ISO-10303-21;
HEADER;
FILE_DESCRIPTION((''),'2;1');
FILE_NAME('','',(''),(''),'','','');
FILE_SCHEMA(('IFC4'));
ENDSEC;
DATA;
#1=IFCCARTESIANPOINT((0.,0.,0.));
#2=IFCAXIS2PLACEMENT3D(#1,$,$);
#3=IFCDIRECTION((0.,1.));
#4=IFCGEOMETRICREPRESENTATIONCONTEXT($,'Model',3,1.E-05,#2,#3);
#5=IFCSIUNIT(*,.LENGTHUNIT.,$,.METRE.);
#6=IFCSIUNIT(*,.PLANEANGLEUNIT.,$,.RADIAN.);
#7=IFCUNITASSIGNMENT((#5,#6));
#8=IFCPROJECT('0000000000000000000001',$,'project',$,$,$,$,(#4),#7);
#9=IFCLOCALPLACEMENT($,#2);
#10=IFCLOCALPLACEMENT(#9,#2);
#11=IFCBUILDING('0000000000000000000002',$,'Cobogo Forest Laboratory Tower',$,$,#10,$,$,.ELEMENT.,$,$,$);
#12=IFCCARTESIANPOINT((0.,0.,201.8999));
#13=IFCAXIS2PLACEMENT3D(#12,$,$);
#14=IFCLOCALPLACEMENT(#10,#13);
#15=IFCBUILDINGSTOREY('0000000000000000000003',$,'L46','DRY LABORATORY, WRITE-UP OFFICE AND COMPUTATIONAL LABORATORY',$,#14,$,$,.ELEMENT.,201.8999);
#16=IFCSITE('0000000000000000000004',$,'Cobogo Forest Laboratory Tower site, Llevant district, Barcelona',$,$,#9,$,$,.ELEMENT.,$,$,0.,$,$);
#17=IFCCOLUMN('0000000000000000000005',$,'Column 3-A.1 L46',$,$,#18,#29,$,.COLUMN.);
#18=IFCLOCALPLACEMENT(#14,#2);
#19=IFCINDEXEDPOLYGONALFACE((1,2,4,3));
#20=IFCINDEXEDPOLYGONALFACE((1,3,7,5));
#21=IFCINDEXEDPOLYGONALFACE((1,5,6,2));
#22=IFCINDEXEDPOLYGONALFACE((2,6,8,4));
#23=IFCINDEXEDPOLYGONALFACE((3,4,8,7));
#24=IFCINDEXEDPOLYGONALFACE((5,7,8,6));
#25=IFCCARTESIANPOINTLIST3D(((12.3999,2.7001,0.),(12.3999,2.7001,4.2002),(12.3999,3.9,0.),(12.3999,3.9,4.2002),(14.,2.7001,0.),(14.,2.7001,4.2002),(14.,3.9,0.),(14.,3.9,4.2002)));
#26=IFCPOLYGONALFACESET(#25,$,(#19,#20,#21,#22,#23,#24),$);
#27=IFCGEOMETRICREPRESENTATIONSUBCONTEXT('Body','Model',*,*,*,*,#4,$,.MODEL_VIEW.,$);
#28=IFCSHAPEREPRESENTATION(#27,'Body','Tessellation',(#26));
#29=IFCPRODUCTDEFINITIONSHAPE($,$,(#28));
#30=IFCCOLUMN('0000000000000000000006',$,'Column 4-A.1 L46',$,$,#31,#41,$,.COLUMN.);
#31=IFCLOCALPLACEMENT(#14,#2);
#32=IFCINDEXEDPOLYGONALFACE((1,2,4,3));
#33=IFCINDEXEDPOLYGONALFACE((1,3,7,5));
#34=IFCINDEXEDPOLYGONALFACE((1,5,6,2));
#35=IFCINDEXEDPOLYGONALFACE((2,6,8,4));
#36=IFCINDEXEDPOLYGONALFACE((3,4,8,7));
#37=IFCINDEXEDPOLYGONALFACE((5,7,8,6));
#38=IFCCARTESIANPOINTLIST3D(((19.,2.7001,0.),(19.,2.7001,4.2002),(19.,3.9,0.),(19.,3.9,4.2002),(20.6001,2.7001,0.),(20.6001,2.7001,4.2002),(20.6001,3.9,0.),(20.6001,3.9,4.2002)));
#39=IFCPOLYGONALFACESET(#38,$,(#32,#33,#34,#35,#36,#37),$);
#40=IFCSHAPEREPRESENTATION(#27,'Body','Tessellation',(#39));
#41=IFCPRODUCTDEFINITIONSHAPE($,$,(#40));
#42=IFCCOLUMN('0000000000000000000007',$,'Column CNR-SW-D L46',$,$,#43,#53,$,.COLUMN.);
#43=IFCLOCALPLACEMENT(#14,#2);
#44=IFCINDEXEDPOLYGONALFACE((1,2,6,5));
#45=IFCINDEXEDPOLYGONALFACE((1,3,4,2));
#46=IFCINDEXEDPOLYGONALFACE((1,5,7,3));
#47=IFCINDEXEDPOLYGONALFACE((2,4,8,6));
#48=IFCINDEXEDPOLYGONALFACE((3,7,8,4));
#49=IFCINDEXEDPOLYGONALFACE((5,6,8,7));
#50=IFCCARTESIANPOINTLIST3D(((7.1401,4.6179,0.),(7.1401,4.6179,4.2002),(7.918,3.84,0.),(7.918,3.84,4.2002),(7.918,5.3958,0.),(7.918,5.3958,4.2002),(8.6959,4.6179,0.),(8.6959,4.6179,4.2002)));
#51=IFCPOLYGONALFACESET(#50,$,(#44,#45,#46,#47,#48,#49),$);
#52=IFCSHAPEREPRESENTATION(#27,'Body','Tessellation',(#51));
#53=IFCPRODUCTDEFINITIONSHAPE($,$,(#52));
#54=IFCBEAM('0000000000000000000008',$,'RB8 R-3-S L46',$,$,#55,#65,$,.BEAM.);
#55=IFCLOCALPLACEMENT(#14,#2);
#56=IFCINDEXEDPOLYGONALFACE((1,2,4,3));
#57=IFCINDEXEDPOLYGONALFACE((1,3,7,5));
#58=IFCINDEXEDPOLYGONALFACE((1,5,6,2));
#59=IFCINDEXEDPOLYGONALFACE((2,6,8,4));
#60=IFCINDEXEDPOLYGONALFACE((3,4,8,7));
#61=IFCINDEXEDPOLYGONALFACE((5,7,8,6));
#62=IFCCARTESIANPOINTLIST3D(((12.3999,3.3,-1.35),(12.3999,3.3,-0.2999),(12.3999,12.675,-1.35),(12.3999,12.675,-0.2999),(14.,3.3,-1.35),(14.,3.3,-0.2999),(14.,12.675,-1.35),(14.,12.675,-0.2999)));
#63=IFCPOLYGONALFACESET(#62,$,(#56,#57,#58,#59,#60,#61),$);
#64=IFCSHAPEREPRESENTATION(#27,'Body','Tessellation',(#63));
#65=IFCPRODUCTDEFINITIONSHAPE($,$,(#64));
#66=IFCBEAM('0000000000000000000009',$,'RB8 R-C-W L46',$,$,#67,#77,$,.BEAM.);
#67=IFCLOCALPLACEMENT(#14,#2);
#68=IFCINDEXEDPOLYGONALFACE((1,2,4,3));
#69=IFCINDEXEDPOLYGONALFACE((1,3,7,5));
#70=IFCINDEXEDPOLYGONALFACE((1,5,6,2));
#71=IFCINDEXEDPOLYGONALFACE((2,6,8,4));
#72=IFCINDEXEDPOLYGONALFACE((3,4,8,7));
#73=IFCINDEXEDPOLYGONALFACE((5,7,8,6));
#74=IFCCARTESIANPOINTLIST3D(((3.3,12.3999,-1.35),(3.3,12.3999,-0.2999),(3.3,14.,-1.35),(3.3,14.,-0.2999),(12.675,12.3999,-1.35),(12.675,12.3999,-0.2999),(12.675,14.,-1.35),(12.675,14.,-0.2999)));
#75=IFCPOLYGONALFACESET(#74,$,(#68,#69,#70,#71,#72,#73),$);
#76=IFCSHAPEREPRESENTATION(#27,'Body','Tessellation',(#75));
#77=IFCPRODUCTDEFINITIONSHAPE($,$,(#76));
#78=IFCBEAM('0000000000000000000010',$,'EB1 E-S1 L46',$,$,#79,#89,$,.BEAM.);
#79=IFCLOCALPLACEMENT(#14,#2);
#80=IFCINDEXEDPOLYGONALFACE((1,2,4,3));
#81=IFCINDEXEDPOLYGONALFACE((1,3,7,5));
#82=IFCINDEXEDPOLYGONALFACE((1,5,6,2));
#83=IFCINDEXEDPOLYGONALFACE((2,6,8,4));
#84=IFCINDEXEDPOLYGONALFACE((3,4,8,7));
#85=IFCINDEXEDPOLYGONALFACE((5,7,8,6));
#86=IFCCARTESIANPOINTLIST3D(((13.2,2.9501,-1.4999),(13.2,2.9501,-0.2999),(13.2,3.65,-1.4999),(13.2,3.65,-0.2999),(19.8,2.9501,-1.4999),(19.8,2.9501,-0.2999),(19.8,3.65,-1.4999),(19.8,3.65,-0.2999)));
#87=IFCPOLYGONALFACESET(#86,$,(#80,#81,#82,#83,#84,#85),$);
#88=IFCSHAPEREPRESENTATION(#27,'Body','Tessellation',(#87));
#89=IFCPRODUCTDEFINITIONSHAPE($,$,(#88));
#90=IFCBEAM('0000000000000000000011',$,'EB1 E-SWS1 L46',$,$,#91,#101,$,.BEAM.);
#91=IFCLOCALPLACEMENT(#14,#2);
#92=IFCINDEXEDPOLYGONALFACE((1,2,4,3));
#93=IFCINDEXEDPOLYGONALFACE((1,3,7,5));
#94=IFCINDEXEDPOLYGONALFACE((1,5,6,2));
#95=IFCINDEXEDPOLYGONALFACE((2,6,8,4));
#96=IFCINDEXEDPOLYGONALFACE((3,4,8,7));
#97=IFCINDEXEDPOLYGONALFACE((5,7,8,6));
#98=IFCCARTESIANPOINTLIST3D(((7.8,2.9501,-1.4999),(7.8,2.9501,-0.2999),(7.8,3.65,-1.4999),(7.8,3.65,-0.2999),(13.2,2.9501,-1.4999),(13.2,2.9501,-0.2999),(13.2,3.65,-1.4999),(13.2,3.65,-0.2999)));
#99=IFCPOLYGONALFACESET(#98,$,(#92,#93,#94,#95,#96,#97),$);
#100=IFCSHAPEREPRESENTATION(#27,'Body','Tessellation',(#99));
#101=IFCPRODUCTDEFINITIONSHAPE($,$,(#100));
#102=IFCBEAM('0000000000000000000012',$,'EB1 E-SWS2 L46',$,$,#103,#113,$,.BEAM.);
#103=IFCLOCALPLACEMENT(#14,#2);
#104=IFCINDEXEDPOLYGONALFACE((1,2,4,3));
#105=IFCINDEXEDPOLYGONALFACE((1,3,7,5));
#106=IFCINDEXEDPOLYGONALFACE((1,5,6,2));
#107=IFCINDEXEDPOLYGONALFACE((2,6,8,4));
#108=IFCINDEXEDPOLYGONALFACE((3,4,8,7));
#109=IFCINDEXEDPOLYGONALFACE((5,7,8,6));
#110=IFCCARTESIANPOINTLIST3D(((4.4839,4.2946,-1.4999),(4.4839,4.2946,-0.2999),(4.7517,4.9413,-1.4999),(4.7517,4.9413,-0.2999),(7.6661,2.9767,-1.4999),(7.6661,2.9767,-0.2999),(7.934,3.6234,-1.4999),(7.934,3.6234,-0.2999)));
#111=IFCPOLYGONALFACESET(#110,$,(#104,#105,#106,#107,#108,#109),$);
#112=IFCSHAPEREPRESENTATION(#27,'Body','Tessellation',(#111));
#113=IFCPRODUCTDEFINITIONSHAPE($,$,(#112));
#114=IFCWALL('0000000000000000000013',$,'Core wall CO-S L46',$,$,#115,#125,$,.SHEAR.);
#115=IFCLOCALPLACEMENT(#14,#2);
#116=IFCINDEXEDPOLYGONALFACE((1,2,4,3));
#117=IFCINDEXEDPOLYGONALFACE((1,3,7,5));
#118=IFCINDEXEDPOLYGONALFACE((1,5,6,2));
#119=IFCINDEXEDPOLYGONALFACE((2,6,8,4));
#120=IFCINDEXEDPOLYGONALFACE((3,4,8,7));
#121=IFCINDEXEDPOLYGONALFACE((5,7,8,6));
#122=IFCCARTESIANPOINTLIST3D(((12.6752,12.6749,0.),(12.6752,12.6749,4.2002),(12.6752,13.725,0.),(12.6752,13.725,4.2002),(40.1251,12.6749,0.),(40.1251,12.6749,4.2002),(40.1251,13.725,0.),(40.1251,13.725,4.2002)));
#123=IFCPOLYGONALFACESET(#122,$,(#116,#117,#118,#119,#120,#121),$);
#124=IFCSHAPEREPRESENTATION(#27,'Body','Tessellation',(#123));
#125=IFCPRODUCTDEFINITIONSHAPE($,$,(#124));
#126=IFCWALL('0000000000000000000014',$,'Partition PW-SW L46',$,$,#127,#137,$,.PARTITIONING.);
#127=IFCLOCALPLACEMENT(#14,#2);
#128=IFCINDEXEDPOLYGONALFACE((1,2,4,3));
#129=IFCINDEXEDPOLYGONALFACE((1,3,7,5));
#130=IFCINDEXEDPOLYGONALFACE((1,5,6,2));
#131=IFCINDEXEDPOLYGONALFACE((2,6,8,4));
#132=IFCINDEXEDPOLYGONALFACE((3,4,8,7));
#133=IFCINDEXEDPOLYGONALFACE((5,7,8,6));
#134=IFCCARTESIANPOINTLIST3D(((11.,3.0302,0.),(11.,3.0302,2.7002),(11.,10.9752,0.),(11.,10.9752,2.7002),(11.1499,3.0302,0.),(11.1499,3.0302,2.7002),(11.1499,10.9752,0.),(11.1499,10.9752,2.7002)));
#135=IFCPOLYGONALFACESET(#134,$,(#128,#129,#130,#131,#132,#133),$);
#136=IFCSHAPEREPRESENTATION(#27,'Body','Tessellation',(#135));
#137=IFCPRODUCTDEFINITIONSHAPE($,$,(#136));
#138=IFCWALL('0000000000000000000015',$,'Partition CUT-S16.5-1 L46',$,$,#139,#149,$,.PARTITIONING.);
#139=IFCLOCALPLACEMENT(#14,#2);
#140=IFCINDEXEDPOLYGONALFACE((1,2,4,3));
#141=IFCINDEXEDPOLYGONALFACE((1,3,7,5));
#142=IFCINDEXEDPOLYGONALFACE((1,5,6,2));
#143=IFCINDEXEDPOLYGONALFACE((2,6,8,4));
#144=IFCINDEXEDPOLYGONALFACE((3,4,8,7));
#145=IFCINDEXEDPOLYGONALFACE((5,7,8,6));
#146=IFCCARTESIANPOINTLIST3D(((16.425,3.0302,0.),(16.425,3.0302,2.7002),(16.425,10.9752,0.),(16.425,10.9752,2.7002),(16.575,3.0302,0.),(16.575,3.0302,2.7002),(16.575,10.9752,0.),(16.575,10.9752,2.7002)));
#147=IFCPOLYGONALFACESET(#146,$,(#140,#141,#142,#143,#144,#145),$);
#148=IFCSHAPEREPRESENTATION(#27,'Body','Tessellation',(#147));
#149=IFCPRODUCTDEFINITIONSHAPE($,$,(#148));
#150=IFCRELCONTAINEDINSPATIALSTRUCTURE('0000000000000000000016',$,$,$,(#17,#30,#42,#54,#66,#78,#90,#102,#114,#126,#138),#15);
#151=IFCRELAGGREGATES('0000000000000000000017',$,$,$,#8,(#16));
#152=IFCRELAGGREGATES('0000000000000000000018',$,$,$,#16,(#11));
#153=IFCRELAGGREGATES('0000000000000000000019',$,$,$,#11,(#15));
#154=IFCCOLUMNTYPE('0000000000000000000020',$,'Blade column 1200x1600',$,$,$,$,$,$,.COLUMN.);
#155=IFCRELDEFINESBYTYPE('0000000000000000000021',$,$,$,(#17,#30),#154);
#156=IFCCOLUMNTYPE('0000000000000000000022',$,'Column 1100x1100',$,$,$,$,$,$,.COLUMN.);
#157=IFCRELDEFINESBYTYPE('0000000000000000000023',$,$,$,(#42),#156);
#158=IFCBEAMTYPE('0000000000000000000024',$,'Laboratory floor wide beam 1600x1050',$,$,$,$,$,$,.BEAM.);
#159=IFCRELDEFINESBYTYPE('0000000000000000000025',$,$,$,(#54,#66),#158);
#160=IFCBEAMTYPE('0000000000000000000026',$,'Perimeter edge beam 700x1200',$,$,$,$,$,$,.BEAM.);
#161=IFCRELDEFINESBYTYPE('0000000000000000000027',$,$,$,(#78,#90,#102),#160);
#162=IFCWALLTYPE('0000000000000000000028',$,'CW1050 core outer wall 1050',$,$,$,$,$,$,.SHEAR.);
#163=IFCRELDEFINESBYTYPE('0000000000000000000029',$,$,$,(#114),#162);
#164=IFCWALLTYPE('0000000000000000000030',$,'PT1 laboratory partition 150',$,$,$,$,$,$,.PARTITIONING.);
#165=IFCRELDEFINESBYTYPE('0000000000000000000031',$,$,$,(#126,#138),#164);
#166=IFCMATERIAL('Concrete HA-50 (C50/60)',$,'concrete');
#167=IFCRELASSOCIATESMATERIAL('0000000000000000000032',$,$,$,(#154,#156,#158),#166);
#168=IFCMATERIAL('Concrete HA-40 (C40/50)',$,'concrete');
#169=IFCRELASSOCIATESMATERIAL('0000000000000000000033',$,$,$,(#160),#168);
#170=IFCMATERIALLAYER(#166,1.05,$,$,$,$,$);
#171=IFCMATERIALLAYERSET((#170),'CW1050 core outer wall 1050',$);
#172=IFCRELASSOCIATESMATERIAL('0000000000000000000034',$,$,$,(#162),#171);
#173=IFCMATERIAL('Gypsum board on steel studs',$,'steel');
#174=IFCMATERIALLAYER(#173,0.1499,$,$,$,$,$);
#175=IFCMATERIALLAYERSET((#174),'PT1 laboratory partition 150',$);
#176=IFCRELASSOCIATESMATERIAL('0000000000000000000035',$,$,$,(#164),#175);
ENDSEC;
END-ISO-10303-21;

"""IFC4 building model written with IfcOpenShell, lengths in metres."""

from ifc_helpers import new_model, si_unit, direction, frame, frame_2d, origin, origin_2d, place, context, subcontext, project, spatial, rectangle, extrude, material, layer, layer_set, material_profile, profile_set, type_object, element, save


model = new_model("IFC4")

# Units and contexts
model_context = context("Model", 3, precision=1e-05, world=origin(), true_north=direction((0.0, 1.0)))
body_context = subcontext(model_context, "Body", "Model", "MODEL_VIEW")
ifc_project = project(units=[si_unit("LENGTHUNIT", "METRE"), si_unit("PLANEANGLEUNIT", "RADIAN")], contexts=[model_context])

# Site, building, storey
site_placement = place(None, origin())
site = spatial("IfcSite", under=ifc_project, at=site_placement, Name="Cobogo Forest Laboratory Tower site, Llevant district, Barcelona", CompositionType="ELEMENT", RefElevation=0.0)
building_placement = place(site_placement, origin())
building = spatial("IfcBuilding", under=site, at=building_placement, Name="Cobogo Forest Laboratory Tower", CompositionType="ELEMENT")
storey_placement = place(building_placement, frame((0.0, 0.0, 201.8999)))
storey = spatial("IfcBuildingStorey", under=building, at=storey_placement, Name="L46", Description="DRY LABORATORY, WRITE-UP OFFICE AND COMPUTATIONAL LABORATORY", CompositionType="ELEMENT", Elevation=201.8999)

# Columns
ifc_material_1 = material(Name="Concrete HA-50 (C50/60)", Category="concrete")
ifc_material_profile_1 = material_profile(ifc_material_1, rectangle(XDim=1.6001, YDim=1.2, at=origin_2d()), Name="RC 1200x1600")
ifc_profile_set_1 = profile_set([ifc_material_profile_1], Name="Concrete HA-50 (C50/60)")
column_type_1 = type_object("IfcColumnType", Name="Blade column 1200x1600", PredefinedType="COLUMN", material=ifc_profile_set_1)
for number, where, z_axis, x_axis, name in (
    (1, (13.2, 3.3, 0.0), (0.0, 0.0, 1.0), (1.0, 0.0, 0.0), "Column 3-A.1 L46"),
    (2, (19.8, 3.3, 0.0), (0.0, 0.0, 1.0), (1.0, 0.0, 0.0), "Column 4-A.1 L46"),
):
    element("IfcColumn", number, at=place(storey_placement, frame(where, z_axis=z_axis, x_axis=x_axis)), inside=storey, type_object=column_type_1, Name=name, PredefinedType="COLUMN", context=body_context, shape_type="SweptSolid", body=[
        extrude(rectangle(XDim=1.6001, YDim=1.2, at=origin_2d()), origin(), (0.0, 0.0, 1.0), 4.2002),
    ])
ifc_material_profile_2 = material_profile(ifc_material_1, rectangle(XDim=1.1001, YDim=1.1001, at=origin_2d()), Name="RC 1100x1100")
ifc_profile_set_2 = profile_set([ifc_material_profile_2], Name="Concrete HA-50 (C50/60)")
column_type_2 = type_object("IfcColumnType", Name="Column 1100x1100", PredefinedType="COLUMN", material=ifc_profile_set_2)
column_placement = place(storey_placement, frame((7.918, 4.6179, 0.0), z_axis=(0.0, 0.0, 1.0), x_axis=(0.707107, 0.707107, 0.0)))
element("IfcColumn", 3, at=column_placement, inside=storey, type_object=column_type_2, Name="Column CNR-SW-D L46", PredefinedType="COLUMN", context=body_context, shape_type="SweptSolid", body=[
    extrude(rectangle(XDim=1.1001, YDim=1.1001, at=origin_2d()), origin(), (0.0, 0.0, 1.0), 4.2002),
])

# Beams
ifc_material_profile_3 = material_profile(ifc_material_1, rectangle(XDim=1.6001, YDim=1.05, at=origin_2d()), Name="RC 1600x1050")
ifc_profile_set_3 = profile_set([ifc_material_profile_3], Name="Concrete HA-50 (C50/60)")
beam_type_1 = type_object("IfcBeamType", Name="Laboratory floor wide beam 1600x1050", PredefinedType="BEAM", material=ifc_profile_set_3)
for number, where, z_axis, x_axis, name in (
    (4, (13.2, 12.675, -0.825), (0.0, -1.0, 0.0), (1.0, 0.0, 0.0), "RB8 R-3-S L46"),
    (5, (12.675, 13.2, -0.825), (-1.0, 0.0, 0.0), (0.0, -1.0, 0.0), "RB8 R-C-W L46"),
):
    element("IfcBeam", number, at=place(storey_placement, frame(where, z_axis=z_axis, x_axis=x_axis)), inside=storey, type_object=beam_type_1, Name=name, PredefinedType="BEAM", context=body_context, shape_type="SweptSolid", body=[
        extrude(rectangle(XDim=1.6001, YDim=1.05, at=origin_2d()), origin(), (0.0, 0.0, 1.0), 9.375),
    ])
ifc_material_2 = material(Name="Concrete HA-40 (C40/50)", Category="concrete")
ifc_material_profile_4 = material_profile(ifc_material_2, rectangle(XDim=0.7, YDim=1.2, at=origin_2d()), Name="RC 700x1200")
ifc_profile_set_4 = profile_set([ifc_material_profile_4], Name="Concrete HA-40 (C40/50)")
beam_type_2 = type_object("IfcBeamType", Name="Perimeter edge beam 700x1200", PredefinedType="BEAM", material=ifc_profile_set_4)
beam_1_placement = place(storey_placement, frame((13.2, 3.3, -0.8999), z_axis=(1.0, 0.0, 0.0), x_axis=(0.0, 1.0, 0.0)))
element("IfcBeam", 6, at=beam_1_placement, inside=storey, type_object=beam_type_2, Name="EB1 E-S1 L46", PredefinedType="BEAM", context=body_context, shape_type="SweptSolid", body=[
    extrude(rectangle(XDim=0.7, YDim=1.2, at=origin_2d()), origin(), (0.0, 0.0, 1.0), 6.6001),
])
beam_2_placement = place(storey_placement, frame((13.2, 3.3, -0.8999), z_axis=(-1.0, 0.0, 0.0), x_axis=(0.0, -1.0, 0.0)))
element("IfcBeam", 7, at=beam_2_placement, inside=storey, type_object=beam_type_2, Name="EB1 E-SWS1 L46", PredefinedType="BEAM", context=body_context, shape_type="SweptSolid", body=[
    extrude(rectangle(XDim=0.7, YDim=1.2, at=origin_2d()), origin(), (0.0, 0.0, 1.0), 5.3999),
])
beam_3_placement = place(storey_placement, frame((7.8, 3.3, -0.8999), z_axis=(-0.923901, 0.382631, 0.0), x_axis=(-0.382631, -0.923901, 0.0)))
element("IfcBeam", 8, at=beam_3_placement, inside=storey, type_object=beam_type_2, Name="EB1 E-SWS2 L46", PredefinedType="BEAM", context=body_context, shape_type="SweptSolid", body=[
    extrude(rectangle(XDim=0.7, YDim=1.2, at=origin_2d()), origin(), (0.0, 0.0, 1.0), 3.4443),
])

# Wall
ifc_layer_1 = layer(ifc_material_1, 1.05)
ifc_layer_set_1 = layer_set([ifc_layer_1], Name="CW1050 core outer wall 1050")
wall_type_1 = type_object("IfcWallType", Name="CW1050 core outer wall 1050", PredefinedType="SHEAR", material=ifc_layer_set_1)
wall_1_placement = place(storey_placement, frame((12.675, 13.2, 0.0), z_axis=(0.0, 0.0, 1.0), x_axis=(1.0, 0.0, 0.0)))
element("IfcWall", 9, at=wall_1_placement, inside=storey, type_object=wall_type_1, Name="Core wall CO-S L46", PredefinedType="SHEAR", context=body_context, shape_type="SweptSolid", body=[
    extrude(rectangle(XDim=27.45, YDim=1.05, at=frame_2d((13.7251, 0.0))), origin(), (0.0, 0.0, 1.0), 4.2002),
])

# Walls
ifc_material_3 = material(Name="Gypsum board on steel studs", Category="steel")
ifc_layer_2 = layer(ifc_material_3, 0.1499)
ifc_layer_set_2 = layer_set([ifc_layer_2], Name="PT1 laboratory partition 150")
wall_type_2 = type_object("IfcWallType", Name="PT1 laboratory partition 150", PredefinedType="PARTITIONING", material=ifc_layer_set_2)
for number, where, z_axis, x_axis, name in (
    (10, (11.075, 3.03, 0.0), (0.0, 0.0, 1.0), (0.0, 1.0, 0.0), "Partition PW-SW L46"),
    (11, (16.5, 3.03, 0.0), (0.0, 0.0, 1.0), (0.0, 1.0, 0.0), "Partition CUT-S16.5-1 L46"),
):
    element("IfcWall", number, at=place(storey_placement, frame(where, z_axis=z_axis, x_axis=x_axis)), inside=storey, type_object=wall_type_2, Name=name, PredefinedType="PARTITIONING", context=body_context, shape_type="SweptSolid", body=[
        extrude(rectangle(XDim=7.9451, YDim=0.1499, at=frame_2d((3.9727, 0.0))), origin(), (0.0, 0.0, 1.0), 2.7002),
    ])

save(model, "model.ifc")
